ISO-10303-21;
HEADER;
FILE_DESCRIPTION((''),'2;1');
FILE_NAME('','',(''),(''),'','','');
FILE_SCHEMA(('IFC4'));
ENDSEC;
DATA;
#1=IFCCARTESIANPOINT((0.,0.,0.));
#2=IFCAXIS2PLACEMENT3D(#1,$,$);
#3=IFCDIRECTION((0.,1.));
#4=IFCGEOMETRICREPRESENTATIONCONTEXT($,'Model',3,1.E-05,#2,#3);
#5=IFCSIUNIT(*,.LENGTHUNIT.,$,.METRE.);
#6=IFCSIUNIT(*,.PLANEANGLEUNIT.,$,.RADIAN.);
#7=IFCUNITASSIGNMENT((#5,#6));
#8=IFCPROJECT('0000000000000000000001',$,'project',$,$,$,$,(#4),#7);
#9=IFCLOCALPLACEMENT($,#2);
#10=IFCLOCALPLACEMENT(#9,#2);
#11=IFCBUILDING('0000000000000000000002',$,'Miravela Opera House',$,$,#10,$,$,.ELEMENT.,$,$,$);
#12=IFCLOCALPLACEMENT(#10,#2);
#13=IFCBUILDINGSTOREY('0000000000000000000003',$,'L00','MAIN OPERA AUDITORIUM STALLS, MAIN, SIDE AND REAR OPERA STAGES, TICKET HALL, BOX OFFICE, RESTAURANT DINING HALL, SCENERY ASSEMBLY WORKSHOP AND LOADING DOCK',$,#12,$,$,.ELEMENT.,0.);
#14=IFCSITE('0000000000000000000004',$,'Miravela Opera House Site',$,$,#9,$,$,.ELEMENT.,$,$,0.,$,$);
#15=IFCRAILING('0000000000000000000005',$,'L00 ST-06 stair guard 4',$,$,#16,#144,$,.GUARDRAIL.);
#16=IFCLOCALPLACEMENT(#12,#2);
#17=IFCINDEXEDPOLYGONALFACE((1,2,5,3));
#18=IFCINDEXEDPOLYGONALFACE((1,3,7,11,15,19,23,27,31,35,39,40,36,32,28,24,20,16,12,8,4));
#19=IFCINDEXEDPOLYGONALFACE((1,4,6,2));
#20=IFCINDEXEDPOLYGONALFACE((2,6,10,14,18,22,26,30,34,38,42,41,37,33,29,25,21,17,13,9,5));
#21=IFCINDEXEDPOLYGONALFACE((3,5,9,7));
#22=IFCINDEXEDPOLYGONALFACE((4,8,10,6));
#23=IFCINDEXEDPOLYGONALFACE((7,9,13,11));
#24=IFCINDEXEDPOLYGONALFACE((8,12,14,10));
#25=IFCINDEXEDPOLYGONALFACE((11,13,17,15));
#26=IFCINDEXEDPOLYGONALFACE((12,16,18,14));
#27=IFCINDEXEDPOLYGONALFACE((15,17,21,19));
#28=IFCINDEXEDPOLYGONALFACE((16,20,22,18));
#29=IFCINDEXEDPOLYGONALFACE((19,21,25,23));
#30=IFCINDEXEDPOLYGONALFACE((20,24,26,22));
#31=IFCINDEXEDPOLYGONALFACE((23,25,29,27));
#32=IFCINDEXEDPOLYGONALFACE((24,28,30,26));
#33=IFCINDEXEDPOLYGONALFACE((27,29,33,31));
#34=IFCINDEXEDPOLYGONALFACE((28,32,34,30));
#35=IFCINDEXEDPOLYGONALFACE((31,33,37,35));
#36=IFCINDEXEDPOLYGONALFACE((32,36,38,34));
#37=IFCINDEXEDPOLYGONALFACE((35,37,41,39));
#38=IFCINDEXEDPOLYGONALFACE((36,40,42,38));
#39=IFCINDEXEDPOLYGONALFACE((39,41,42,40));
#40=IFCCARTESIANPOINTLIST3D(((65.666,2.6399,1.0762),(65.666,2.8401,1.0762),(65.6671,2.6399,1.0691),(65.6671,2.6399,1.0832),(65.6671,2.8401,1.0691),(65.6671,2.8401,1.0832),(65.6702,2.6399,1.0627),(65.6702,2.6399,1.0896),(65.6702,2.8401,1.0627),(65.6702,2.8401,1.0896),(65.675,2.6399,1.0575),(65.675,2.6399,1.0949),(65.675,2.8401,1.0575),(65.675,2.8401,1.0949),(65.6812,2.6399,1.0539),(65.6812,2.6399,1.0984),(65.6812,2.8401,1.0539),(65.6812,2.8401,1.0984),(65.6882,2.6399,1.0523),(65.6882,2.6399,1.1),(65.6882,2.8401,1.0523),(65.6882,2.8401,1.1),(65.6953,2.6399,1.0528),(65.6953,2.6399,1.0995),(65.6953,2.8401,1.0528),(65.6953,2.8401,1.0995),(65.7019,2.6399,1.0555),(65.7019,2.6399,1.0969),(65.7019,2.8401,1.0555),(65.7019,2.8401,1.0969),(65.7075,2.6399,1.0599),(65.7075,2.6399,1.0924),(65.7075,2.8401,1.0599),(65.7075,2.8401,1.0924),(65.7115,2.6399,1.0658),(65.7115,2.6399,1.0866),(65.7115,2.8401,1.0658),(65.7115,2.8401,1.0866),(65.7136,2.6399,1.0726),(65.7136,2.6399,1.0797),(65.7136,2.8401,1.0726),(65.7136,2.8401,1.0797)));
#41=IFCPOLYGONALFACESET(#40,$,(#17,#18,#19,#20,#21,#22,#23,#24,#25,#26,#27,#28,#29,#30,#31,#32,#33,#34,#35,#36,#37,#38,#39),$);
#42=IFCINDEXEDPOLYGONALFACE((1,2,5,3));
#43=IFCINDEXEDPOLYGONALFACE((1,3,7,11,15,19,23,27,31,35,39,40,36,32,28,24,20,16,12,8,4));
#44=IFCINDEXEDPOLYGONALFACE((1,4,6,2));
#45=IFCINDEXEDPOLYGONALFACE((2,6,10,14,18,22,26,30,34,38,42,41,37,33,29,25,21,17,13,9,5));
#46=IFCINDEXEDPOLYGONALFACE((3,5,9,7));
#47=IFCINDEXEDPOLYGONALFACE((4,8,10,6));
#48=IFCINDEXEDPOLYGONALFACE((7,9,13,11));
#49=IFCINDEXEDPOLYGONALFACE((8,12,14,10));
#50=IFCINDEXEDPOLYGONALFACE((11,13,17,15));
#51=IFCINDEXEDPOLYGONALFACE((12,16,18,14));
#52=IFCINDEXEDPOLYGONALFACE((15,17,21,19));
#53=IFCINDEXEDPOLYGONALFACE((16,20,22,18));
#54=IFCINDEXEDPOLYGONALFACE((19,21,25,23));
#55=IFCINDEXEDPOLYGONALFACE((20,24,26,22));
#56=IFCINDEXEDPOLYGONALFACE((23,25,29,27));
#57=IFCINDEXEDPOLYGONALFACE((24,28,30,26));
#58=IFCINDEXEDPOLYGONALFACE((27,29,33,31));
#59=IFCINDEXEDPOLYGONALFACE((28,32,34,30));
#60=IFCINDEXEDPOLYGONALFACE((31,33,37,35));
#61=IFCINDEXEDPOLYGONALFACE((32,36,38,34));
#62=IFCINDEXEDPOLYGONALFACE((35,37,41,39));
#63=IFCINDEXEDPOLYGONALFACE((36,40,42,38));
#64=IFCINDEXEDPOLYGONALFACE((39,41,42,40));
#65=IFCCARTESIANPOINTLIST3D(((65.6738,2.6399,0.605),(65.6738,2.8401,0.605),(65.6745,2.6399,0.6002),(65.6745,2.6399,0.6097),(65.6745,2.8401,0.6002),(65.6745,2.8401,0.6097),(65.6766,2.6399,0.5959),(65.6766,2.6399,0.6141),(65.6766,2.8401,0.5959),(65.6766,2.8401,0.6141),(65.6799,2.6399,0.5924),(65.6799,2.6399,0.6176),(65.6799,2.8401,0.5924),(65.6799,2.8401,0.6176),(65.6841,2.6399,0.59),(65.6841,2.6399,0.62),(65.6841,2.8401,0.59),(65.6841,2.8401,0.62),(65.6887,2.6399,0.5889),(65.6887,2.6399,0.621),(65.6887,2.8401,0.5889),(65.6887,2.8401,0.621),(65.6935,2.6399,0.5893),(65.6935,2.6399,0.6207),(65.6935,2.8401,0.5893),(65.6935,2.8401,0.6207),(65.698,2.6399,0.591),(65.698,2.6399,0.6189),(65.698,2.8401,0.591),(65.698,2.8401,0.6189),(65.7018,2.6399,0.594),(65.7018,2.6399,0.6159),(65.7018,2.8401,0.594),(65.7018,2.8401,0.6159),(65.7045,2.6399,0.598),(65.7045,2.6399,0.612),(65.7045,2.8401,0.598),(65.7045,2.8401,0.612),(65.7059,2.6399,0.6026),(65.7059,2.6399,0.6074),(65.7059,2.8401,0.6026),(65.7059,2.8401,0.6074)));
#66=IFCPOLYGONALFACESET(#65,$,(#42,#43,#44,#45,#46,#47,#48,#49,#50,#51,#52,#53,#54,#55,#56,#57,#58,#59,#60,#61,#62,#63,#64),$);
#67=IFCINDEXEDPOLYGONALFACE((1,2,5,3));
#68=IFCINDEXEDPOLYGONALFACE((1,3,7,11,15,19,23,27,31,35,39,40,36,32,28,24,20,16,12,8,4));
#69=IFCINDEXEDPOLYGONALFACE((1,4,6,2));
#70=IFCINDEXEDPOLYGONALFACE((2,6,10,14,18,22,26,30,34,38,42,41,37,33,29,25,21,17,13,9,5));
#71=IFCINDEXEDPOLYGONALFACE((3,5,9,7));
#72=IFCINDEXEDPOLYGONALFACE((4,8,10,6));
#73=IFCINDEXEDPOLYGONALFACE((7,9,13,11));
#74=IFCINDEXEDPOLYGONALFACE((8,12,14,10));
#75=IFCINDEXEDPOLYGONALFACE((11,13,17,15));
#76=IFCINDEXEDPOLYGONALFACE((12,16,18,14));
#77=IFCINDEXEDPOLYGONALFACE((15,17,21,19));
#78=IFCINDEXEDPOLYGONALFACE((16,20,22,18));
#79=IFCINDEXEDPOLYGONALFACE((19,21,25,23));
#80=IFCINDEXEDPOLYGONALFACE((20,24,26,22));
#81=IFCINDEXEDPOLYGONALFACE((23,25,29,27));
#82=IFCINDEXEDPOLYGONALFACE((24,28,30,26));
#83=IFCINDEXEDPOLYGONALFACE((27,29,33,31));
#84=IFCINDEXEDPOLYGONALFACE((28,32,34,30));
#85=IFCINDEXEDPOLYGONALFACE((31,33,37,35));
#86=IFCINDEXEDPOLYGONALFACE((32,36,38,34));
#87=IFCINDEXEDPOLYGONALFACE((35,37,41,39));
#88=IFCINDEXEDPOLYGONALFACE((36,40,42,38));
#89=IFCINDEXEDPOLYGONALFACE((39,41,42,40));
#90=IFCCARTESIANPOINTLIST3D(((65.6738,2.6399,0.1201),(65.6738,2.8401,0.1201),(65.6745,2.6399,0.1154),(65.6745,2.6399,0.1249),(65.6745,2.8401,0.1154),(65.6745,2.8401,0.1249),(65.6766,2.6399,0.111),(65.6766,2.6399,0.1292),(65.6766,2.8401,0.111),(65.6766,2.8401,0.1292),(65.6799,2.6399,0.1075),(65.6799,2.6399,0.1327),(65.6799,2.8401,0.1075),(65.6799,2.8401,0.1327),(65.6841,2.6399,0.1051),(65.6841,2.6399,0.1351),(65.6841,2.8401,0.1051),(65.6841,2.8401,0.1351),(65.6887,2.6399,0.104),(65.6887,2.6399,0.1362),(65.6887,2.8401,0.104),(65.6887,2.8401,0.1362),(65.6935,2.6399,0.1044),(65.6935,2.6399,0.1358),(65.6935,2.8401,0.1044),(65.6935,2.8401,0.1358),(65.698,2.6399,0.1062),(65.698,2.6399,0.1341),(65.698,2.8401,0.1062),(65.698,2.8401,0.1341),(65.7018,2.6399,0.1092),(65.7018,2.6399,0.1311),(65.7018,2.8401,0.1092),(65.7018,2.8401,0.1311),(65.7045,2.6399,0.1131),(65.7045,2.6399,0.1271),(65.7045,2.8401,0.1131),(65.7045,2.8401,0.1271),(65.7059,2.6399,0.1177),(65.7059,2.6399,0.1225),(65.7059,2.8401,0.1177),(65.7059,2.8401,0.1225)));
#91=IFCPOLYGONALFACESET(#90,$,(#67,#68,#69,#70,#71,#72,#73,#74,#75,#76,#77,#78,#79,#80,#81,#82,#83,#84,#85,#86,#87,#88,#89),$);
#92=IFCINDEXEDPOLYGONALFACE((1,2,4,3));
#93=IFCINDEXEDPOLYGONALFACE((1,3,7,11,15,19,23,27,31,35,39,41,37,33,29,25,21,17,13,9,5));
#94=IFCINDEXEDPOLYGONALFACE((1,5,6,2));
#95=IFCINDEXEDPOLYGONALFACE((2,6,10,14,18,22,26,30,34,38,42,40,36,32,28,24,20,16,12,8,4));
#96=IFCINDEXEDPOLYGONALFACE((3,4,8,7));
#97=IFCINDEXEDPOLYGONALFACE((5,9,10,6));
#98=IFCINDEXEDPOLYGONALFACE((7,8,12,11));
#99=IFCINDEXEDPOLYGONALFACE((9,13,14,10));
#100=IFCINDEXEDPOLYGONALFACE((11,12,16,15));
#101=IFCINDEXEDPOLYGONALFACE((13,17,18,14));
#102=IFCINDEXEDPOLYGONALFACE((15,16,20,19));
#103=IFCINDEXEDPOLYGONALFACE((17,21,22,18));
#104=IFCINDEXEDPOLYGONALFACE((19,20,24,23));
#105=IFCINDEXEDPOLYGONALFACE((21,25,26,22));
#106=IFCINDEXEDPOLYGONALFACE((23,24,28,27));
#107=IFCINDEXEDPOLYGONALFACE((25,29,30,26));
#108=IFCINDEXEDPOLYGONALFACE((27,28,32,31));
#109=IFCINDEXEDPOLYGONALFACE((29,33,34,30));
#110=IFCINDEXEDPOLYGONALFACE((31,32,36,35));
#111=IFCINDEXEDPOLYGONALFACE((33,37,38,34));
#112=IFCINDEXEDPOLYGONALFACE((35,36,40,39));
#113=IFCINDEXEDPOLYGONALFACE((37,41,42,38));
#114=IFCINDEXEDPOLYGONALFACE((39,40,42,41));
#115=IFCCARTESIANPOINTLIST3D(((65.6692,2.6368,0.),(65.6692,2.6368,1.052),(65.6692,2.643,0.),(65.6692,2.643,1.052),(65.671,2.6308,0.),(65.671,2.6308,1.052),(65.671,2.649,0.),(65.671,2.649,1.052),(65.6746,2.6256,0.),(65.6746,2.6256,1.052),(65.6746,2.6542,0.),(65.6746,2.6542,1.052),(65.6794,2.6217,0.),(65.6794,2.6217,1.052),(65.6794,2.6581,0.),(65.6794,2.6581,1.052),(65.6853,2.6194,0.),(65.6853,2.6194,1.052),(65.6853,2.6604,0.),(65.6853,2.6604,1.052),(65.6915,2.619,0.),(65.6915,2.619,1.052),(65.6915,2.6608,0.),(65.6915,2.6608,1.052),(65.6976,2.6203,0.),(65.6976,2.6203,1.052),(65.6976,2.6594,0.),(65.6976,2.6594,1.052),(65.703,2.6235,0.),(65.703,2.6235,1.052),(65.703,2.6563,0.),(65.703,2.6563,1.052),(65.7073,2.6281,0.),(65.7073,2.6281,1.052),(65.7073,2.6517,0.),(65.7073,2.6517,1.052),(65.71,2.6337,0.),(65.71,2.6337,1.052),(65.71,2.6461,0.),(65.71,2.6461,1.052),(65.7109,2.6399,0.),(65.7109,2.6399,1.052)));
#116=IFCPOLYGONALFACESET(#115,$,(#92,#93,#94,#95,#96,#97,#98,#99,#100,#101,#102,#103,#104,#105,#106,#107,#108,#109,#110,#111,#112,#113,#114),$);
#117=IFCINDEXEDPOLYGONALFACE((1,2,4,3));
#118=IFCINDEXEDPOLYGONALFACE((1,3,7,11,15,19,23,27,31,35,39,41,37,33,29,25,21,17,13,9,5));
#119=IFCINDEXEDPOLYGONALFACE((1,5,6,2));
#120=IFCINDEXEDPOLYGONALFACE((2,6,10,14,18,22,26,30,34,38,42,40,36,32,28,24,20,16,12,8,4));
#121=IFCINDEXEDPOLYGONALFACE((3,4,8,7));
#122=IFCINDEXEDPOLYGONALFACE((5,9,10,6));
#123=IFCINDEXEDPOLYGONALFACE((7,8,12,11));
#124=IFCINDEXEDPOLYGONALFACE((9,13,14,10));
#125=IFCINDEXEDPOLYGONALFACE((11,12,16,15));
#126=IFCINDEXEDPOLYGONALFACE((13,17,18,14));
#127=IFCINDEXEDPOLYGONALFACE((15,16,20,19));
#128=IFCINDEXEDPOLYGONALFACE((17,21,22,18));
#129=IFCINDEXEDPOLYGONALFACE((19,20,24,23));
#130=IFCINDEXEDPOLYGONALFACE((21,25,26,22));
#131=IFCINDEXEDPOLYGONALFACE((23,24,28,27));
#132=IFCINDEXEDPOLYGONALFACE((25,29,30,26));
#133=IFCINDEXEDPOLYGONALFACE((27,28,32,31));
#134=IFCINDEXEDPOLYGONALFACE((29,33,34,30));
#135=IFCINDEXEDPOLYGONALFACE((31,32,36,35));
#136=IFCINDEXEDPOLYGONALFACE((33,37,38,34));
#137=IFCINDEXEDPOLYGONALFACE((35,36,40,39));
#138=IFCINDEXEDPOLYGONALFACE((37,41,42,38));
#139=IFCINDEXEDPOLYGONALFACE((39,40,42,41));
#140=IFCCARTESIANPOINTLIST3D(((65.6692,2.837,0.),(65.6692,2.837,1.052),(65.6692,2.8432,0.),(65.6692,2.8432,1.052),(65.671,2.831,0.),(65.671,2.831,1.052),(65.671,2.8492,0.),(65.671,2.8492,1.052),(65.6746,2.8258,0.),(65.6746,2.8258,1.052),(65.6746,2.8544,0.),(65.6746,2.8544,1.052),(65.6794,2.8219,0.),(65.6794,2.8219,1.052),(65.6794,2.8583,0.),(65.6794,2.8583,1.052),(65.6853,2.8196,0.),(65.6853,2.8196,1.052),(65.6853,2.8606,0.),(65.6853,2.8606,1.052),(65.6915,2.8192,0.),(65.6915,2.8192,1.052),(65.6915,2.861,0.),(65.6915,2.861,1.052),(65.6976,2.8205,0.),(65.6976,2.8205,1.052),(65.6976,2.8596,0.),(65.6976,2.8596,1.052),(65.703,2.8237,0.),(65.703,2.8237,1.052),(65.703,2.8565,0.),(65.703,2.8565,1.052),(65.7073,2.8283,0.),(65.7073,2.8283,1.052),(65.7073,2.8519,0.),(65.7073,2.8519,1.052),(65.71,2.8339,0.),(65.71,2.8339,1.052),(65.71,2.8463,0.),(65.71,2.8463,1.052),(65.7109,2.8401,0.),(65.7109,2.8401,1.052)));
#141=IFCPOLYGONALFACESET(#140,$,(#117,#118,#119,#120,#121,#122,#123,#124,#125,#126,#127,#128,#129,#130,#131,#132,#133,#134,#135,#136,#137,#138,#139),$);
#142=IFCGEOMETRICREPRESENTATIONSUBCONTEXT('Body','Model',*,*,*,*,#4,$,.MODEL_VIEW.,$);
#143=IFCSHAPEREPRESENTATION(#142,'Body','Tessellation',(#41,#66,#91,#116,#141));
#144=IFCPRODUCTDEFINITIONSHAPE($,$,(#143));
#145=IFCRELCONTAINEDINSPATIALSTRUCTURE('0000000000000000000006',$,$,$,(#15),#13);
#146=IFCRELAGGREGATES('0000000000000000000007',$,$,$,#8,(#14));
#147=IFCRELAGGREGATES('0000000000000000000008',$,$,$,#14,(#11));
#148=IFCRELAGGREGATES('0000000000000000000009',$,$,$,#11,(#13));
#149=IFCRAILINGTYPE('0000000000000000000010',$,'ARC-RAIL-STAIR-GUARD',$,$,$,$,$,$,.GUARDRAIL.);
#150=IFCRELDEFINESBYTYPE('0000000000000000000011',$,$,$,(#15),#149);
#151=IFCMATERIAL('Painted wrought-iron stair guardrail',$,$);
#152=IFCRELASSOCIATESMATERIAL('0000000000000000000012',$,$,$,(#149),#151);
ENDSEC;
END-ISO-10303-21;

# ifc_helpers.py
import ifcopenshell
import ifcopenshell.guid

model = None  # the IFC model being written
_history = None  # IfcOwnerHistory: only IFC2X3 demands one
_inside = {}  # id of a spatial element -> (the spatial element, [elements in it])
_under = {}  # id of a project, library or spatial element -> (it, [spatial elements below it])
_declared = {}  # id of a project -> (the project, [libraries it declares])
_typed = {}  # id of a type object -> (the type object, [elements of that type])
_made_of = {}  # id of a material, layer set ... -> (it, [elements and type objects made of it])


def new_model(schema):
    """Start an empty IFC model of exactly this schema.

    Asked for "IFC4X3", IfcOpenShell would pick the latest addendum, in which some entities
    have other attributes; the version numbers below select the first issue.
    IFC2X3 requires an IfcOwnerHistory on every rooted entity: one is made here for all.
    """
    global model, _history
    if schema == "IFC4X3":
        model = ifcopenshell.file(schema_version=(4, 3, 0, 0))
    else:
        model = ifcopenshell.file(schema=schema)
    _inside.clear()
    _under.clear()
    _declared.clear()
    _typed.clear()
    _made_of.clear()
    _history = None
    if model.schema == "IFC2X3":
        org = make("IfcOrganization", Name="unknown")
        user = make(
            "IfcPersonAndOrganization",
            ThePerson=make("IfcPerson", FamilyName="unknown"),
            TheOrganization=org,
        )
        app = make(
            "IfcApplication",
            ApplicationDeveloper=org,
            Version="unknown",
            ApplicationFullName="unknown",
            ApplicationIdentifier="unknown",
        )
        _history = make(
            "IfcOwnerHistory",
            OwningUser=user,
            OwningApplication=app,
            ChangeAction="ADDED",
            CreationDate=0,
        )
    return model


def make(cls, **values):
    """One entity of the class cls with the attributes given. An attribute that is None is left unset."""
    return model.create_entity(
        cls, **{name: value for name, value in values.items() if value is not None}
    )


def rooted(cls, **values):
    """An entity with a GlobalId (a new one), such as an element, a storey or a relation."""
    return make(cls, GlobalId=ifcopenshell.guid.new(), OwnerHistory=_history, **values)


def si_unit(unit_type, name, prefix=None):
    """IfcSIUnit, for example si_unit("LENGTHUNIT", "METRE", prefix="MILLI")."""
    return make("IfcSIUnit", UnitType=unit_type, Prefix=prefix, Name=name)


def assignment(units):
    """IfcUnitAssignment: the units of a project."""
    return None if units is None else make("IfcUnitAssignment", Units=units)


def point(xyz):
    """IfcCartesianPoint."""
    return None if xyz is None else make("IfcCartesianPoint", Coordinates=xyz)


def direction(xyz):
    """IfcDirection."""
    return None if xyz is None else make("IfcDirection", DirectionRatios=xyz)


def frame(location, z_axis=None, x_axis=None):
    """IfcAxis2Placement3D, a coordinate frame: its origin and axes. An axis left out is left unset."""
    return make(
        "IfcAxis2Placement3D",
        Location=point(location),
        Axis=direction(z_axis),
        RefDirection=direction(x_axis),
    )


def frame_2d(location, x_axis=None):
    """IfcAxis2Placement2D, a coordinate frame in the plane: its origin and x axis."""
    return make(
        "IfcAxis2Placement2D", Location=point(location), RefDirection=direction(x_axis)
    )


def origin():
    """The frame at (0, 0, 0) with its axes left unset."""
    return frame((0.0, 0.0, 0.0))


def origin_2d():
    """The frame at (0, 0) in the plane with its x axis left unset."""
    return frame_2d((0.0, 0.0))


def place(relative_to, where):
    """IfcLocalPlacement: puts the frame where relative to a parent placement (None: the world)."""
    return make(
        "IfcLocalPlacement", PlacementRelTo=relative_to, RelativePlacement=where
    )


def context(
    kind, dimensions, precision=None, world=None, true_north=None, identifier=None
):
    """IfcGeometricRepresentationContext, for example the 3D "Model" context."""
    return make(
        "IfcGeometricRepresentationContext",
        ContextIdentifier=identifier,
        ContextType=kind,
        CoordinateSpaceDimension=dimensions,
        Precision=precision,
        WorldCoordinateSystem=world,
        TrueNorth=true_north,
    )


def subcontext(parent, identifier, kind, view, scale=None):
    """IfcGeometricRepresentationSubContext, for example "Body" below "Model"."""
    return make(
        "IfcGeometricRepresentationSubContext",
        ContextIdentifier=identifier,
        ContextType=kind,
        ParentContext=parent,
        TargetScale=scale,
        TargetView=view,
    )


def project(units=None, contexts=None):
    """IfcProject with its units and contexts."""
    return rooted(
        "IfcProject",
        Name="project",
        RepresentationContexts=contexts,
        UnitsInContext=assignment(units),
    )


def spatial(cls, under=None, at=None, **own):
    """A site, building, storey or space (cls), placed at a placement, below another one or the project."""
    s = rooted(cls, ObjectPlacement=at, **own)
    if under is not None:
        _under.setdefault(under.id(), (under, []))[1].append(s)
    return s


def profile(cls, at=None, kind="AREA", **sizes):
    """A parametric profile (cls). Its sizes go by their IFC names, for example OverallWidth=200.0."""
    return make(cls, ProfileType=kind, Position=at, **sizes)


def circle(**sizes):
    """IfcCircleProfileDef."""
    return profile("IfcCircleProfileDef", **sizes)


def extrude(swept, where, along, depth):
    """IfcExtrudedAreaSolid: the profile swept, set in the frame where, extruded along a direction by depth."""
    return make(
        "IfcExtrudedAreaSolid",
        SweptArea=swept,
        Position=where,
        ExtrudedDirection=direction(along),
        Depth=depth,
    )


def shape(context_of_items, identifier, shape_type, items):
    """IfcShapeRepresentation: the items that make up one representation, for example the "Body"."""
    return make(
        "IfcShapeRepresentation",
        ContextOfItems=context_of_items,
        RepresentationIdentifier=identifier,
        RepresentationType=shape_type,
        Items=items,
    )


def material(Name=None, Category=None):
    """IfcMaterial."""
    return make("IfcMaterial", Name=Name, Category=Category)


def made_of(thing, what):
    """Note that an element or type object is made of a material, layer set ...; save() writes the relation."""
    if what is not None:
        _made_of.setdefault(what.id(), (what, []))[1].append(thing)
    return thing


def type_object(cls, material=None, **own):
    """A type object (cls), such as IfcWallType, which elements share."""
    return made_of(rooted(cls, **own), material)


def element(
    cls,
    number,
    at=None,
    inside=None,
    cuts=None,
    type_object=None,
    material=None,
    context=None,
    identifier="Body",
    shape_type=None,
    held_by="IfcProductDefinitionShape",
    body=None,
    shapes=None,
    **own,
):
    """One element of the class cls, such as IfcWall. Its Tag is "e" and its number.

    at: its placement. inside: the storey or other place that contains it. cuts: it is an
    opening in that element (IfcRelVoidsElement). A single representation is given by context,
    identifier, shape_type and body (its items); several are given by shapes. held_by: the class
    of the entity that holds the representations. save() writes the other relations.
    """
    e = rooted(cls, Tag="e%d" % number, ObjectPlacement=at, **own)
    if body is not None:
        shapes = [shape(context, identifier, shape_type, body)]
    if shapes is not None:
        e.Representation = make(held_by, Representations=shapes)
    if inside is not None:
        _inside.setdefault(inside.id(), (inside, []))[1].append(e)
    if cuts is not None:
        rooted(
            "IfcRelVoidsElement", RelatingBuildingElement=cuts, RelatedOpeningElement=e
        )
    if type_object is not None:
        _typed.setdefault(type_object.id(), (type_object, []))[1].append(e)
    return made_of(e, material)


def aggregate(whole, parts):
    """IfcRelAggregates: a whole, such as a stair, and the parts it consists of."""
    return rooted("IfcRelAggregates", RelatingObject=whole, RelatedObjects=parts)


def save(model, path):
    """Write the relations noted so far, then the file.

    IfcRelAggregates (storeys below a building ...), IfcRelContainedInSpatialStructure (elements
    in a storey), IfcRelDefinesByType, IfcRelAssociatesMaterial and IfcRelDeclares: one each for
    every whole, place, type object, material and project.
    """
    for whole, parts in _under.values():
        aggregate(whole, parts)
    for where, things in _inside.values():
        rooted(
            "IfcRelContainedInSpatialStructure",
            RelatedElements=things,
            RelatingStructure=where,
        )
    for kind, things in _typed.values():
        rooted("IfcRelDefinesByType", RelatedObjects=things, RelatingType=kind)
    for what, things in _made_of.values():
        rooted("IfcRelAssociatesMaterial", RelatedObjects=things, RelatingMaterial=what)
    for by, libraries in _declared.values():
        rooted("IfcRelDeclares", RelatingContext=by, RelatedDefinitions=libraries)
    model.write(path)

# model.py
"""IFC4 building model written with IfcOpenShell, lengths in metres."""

from ifc_helpers import new_model, si_unit, direction, frame, origin, origin_2d, place, context, subcontext, project, spatial, circle, extrude, material, type_object, element, save


model = new_model("IFC4")

# Units and contexts
model_context = context("Model", 3, precision=1e-05, world=origin(), true_north=direction((0.0, 1.0)))
body_context = subcontext(model_context, "Body", "Model", "MODEL_VIEW")
ifc_project = project(units=[si_unit("LENGTHUNIT", "METRE"), si_unit("PLANEANGLEUNIT", "RADIAN")], contexts=[model_context])

# Site, building, storey
site_placement = place(None, origin())
site = spatial("IfcSite", under=ifc_project, at=site_placement, Name="Miravela Opera House Site", CompositionType="ELEMENT", RefElevation=0.0)
building_placement = place(site_placement, origin())
building = spatial("IfcBuilding", under=site, at=building_placement, Name="Miravela Opera House", CompositionType="ELEMENT")
storey_placement = place(building_placement, origin())
storey = spatial("IfcBuildingStorey", under=building, at=storey_placement, Name="L00", Description="MAIN OPERA AUDITORIUM STALLS, MAIN, SIDE AND REAR OPERA STAGES, TICKET HALL, BOX OFFICE, RESTAURANT DINING HALL, SCENERY ASSEMBLY WORKSHOP AND LOADING DOCK", CompositionType="ELEMENT", Elevation=0.0)

# Railing
ifc_material_1 = material(Name="Painted wrought-iron stair guardrail")
railing_type_1 = type_object("IfcRailingType", Name="ARC-RAIL-STAIR-GUARD", PredefinedType="GUARDRAIL", material=ifc_material_1)
railing_1_placement = place(storey_placement, frame((65.6899, 2.6399, 0.0)))
element("IfcRailing", 1, at=railing_1_placement, inside=storey, type_object=railing_type_1, Name="L00 ST-06 stair guard 4", PredefinedType="GUARDRAIL", context=body_context, shape_type="SweptSolid", body=[
    extrude(circle(Radius=0.0239, at=origin_2d()), frame((0.0, 0.0, 1.0762), z_axis=(0.0, 1.0, 0.0), x_axis=(-1.0, 0.0, 0.0)), (0.0, 0.0, 1.0), 0.2002),
    extrude(circle(Radius=0.0161, at=origin_2d()), frame((0.0, 0.0, 0.605), z_axis=(0.0, 1.0, 0.0), x_axis=(-1.0, 0.0, 0.0)), (0.0, 0.0, 1.0), 0.2002),
    extrude(circle(Radius=0.0161, at=origin_2d()), frame((0.0, 0.0, 0.1201), z_axis=(0.0, 1.0, 0.0), x_axis=(-1.0, 0.0, 0.0)), (0.0, 0.0, 1.0), 0.2002),
    extrude(circle(Radius=0.021, at=origin_2d()), origin(), (0.0, 0.0, 1.0), 1.052),
    extrude(circle(Radius=0.021, at=origin_2d()), frame((0.0, 0.2002, 0.0)), (0.0, 0.0, 1.0), 1.052),
])

save(model, "model.ifc")
